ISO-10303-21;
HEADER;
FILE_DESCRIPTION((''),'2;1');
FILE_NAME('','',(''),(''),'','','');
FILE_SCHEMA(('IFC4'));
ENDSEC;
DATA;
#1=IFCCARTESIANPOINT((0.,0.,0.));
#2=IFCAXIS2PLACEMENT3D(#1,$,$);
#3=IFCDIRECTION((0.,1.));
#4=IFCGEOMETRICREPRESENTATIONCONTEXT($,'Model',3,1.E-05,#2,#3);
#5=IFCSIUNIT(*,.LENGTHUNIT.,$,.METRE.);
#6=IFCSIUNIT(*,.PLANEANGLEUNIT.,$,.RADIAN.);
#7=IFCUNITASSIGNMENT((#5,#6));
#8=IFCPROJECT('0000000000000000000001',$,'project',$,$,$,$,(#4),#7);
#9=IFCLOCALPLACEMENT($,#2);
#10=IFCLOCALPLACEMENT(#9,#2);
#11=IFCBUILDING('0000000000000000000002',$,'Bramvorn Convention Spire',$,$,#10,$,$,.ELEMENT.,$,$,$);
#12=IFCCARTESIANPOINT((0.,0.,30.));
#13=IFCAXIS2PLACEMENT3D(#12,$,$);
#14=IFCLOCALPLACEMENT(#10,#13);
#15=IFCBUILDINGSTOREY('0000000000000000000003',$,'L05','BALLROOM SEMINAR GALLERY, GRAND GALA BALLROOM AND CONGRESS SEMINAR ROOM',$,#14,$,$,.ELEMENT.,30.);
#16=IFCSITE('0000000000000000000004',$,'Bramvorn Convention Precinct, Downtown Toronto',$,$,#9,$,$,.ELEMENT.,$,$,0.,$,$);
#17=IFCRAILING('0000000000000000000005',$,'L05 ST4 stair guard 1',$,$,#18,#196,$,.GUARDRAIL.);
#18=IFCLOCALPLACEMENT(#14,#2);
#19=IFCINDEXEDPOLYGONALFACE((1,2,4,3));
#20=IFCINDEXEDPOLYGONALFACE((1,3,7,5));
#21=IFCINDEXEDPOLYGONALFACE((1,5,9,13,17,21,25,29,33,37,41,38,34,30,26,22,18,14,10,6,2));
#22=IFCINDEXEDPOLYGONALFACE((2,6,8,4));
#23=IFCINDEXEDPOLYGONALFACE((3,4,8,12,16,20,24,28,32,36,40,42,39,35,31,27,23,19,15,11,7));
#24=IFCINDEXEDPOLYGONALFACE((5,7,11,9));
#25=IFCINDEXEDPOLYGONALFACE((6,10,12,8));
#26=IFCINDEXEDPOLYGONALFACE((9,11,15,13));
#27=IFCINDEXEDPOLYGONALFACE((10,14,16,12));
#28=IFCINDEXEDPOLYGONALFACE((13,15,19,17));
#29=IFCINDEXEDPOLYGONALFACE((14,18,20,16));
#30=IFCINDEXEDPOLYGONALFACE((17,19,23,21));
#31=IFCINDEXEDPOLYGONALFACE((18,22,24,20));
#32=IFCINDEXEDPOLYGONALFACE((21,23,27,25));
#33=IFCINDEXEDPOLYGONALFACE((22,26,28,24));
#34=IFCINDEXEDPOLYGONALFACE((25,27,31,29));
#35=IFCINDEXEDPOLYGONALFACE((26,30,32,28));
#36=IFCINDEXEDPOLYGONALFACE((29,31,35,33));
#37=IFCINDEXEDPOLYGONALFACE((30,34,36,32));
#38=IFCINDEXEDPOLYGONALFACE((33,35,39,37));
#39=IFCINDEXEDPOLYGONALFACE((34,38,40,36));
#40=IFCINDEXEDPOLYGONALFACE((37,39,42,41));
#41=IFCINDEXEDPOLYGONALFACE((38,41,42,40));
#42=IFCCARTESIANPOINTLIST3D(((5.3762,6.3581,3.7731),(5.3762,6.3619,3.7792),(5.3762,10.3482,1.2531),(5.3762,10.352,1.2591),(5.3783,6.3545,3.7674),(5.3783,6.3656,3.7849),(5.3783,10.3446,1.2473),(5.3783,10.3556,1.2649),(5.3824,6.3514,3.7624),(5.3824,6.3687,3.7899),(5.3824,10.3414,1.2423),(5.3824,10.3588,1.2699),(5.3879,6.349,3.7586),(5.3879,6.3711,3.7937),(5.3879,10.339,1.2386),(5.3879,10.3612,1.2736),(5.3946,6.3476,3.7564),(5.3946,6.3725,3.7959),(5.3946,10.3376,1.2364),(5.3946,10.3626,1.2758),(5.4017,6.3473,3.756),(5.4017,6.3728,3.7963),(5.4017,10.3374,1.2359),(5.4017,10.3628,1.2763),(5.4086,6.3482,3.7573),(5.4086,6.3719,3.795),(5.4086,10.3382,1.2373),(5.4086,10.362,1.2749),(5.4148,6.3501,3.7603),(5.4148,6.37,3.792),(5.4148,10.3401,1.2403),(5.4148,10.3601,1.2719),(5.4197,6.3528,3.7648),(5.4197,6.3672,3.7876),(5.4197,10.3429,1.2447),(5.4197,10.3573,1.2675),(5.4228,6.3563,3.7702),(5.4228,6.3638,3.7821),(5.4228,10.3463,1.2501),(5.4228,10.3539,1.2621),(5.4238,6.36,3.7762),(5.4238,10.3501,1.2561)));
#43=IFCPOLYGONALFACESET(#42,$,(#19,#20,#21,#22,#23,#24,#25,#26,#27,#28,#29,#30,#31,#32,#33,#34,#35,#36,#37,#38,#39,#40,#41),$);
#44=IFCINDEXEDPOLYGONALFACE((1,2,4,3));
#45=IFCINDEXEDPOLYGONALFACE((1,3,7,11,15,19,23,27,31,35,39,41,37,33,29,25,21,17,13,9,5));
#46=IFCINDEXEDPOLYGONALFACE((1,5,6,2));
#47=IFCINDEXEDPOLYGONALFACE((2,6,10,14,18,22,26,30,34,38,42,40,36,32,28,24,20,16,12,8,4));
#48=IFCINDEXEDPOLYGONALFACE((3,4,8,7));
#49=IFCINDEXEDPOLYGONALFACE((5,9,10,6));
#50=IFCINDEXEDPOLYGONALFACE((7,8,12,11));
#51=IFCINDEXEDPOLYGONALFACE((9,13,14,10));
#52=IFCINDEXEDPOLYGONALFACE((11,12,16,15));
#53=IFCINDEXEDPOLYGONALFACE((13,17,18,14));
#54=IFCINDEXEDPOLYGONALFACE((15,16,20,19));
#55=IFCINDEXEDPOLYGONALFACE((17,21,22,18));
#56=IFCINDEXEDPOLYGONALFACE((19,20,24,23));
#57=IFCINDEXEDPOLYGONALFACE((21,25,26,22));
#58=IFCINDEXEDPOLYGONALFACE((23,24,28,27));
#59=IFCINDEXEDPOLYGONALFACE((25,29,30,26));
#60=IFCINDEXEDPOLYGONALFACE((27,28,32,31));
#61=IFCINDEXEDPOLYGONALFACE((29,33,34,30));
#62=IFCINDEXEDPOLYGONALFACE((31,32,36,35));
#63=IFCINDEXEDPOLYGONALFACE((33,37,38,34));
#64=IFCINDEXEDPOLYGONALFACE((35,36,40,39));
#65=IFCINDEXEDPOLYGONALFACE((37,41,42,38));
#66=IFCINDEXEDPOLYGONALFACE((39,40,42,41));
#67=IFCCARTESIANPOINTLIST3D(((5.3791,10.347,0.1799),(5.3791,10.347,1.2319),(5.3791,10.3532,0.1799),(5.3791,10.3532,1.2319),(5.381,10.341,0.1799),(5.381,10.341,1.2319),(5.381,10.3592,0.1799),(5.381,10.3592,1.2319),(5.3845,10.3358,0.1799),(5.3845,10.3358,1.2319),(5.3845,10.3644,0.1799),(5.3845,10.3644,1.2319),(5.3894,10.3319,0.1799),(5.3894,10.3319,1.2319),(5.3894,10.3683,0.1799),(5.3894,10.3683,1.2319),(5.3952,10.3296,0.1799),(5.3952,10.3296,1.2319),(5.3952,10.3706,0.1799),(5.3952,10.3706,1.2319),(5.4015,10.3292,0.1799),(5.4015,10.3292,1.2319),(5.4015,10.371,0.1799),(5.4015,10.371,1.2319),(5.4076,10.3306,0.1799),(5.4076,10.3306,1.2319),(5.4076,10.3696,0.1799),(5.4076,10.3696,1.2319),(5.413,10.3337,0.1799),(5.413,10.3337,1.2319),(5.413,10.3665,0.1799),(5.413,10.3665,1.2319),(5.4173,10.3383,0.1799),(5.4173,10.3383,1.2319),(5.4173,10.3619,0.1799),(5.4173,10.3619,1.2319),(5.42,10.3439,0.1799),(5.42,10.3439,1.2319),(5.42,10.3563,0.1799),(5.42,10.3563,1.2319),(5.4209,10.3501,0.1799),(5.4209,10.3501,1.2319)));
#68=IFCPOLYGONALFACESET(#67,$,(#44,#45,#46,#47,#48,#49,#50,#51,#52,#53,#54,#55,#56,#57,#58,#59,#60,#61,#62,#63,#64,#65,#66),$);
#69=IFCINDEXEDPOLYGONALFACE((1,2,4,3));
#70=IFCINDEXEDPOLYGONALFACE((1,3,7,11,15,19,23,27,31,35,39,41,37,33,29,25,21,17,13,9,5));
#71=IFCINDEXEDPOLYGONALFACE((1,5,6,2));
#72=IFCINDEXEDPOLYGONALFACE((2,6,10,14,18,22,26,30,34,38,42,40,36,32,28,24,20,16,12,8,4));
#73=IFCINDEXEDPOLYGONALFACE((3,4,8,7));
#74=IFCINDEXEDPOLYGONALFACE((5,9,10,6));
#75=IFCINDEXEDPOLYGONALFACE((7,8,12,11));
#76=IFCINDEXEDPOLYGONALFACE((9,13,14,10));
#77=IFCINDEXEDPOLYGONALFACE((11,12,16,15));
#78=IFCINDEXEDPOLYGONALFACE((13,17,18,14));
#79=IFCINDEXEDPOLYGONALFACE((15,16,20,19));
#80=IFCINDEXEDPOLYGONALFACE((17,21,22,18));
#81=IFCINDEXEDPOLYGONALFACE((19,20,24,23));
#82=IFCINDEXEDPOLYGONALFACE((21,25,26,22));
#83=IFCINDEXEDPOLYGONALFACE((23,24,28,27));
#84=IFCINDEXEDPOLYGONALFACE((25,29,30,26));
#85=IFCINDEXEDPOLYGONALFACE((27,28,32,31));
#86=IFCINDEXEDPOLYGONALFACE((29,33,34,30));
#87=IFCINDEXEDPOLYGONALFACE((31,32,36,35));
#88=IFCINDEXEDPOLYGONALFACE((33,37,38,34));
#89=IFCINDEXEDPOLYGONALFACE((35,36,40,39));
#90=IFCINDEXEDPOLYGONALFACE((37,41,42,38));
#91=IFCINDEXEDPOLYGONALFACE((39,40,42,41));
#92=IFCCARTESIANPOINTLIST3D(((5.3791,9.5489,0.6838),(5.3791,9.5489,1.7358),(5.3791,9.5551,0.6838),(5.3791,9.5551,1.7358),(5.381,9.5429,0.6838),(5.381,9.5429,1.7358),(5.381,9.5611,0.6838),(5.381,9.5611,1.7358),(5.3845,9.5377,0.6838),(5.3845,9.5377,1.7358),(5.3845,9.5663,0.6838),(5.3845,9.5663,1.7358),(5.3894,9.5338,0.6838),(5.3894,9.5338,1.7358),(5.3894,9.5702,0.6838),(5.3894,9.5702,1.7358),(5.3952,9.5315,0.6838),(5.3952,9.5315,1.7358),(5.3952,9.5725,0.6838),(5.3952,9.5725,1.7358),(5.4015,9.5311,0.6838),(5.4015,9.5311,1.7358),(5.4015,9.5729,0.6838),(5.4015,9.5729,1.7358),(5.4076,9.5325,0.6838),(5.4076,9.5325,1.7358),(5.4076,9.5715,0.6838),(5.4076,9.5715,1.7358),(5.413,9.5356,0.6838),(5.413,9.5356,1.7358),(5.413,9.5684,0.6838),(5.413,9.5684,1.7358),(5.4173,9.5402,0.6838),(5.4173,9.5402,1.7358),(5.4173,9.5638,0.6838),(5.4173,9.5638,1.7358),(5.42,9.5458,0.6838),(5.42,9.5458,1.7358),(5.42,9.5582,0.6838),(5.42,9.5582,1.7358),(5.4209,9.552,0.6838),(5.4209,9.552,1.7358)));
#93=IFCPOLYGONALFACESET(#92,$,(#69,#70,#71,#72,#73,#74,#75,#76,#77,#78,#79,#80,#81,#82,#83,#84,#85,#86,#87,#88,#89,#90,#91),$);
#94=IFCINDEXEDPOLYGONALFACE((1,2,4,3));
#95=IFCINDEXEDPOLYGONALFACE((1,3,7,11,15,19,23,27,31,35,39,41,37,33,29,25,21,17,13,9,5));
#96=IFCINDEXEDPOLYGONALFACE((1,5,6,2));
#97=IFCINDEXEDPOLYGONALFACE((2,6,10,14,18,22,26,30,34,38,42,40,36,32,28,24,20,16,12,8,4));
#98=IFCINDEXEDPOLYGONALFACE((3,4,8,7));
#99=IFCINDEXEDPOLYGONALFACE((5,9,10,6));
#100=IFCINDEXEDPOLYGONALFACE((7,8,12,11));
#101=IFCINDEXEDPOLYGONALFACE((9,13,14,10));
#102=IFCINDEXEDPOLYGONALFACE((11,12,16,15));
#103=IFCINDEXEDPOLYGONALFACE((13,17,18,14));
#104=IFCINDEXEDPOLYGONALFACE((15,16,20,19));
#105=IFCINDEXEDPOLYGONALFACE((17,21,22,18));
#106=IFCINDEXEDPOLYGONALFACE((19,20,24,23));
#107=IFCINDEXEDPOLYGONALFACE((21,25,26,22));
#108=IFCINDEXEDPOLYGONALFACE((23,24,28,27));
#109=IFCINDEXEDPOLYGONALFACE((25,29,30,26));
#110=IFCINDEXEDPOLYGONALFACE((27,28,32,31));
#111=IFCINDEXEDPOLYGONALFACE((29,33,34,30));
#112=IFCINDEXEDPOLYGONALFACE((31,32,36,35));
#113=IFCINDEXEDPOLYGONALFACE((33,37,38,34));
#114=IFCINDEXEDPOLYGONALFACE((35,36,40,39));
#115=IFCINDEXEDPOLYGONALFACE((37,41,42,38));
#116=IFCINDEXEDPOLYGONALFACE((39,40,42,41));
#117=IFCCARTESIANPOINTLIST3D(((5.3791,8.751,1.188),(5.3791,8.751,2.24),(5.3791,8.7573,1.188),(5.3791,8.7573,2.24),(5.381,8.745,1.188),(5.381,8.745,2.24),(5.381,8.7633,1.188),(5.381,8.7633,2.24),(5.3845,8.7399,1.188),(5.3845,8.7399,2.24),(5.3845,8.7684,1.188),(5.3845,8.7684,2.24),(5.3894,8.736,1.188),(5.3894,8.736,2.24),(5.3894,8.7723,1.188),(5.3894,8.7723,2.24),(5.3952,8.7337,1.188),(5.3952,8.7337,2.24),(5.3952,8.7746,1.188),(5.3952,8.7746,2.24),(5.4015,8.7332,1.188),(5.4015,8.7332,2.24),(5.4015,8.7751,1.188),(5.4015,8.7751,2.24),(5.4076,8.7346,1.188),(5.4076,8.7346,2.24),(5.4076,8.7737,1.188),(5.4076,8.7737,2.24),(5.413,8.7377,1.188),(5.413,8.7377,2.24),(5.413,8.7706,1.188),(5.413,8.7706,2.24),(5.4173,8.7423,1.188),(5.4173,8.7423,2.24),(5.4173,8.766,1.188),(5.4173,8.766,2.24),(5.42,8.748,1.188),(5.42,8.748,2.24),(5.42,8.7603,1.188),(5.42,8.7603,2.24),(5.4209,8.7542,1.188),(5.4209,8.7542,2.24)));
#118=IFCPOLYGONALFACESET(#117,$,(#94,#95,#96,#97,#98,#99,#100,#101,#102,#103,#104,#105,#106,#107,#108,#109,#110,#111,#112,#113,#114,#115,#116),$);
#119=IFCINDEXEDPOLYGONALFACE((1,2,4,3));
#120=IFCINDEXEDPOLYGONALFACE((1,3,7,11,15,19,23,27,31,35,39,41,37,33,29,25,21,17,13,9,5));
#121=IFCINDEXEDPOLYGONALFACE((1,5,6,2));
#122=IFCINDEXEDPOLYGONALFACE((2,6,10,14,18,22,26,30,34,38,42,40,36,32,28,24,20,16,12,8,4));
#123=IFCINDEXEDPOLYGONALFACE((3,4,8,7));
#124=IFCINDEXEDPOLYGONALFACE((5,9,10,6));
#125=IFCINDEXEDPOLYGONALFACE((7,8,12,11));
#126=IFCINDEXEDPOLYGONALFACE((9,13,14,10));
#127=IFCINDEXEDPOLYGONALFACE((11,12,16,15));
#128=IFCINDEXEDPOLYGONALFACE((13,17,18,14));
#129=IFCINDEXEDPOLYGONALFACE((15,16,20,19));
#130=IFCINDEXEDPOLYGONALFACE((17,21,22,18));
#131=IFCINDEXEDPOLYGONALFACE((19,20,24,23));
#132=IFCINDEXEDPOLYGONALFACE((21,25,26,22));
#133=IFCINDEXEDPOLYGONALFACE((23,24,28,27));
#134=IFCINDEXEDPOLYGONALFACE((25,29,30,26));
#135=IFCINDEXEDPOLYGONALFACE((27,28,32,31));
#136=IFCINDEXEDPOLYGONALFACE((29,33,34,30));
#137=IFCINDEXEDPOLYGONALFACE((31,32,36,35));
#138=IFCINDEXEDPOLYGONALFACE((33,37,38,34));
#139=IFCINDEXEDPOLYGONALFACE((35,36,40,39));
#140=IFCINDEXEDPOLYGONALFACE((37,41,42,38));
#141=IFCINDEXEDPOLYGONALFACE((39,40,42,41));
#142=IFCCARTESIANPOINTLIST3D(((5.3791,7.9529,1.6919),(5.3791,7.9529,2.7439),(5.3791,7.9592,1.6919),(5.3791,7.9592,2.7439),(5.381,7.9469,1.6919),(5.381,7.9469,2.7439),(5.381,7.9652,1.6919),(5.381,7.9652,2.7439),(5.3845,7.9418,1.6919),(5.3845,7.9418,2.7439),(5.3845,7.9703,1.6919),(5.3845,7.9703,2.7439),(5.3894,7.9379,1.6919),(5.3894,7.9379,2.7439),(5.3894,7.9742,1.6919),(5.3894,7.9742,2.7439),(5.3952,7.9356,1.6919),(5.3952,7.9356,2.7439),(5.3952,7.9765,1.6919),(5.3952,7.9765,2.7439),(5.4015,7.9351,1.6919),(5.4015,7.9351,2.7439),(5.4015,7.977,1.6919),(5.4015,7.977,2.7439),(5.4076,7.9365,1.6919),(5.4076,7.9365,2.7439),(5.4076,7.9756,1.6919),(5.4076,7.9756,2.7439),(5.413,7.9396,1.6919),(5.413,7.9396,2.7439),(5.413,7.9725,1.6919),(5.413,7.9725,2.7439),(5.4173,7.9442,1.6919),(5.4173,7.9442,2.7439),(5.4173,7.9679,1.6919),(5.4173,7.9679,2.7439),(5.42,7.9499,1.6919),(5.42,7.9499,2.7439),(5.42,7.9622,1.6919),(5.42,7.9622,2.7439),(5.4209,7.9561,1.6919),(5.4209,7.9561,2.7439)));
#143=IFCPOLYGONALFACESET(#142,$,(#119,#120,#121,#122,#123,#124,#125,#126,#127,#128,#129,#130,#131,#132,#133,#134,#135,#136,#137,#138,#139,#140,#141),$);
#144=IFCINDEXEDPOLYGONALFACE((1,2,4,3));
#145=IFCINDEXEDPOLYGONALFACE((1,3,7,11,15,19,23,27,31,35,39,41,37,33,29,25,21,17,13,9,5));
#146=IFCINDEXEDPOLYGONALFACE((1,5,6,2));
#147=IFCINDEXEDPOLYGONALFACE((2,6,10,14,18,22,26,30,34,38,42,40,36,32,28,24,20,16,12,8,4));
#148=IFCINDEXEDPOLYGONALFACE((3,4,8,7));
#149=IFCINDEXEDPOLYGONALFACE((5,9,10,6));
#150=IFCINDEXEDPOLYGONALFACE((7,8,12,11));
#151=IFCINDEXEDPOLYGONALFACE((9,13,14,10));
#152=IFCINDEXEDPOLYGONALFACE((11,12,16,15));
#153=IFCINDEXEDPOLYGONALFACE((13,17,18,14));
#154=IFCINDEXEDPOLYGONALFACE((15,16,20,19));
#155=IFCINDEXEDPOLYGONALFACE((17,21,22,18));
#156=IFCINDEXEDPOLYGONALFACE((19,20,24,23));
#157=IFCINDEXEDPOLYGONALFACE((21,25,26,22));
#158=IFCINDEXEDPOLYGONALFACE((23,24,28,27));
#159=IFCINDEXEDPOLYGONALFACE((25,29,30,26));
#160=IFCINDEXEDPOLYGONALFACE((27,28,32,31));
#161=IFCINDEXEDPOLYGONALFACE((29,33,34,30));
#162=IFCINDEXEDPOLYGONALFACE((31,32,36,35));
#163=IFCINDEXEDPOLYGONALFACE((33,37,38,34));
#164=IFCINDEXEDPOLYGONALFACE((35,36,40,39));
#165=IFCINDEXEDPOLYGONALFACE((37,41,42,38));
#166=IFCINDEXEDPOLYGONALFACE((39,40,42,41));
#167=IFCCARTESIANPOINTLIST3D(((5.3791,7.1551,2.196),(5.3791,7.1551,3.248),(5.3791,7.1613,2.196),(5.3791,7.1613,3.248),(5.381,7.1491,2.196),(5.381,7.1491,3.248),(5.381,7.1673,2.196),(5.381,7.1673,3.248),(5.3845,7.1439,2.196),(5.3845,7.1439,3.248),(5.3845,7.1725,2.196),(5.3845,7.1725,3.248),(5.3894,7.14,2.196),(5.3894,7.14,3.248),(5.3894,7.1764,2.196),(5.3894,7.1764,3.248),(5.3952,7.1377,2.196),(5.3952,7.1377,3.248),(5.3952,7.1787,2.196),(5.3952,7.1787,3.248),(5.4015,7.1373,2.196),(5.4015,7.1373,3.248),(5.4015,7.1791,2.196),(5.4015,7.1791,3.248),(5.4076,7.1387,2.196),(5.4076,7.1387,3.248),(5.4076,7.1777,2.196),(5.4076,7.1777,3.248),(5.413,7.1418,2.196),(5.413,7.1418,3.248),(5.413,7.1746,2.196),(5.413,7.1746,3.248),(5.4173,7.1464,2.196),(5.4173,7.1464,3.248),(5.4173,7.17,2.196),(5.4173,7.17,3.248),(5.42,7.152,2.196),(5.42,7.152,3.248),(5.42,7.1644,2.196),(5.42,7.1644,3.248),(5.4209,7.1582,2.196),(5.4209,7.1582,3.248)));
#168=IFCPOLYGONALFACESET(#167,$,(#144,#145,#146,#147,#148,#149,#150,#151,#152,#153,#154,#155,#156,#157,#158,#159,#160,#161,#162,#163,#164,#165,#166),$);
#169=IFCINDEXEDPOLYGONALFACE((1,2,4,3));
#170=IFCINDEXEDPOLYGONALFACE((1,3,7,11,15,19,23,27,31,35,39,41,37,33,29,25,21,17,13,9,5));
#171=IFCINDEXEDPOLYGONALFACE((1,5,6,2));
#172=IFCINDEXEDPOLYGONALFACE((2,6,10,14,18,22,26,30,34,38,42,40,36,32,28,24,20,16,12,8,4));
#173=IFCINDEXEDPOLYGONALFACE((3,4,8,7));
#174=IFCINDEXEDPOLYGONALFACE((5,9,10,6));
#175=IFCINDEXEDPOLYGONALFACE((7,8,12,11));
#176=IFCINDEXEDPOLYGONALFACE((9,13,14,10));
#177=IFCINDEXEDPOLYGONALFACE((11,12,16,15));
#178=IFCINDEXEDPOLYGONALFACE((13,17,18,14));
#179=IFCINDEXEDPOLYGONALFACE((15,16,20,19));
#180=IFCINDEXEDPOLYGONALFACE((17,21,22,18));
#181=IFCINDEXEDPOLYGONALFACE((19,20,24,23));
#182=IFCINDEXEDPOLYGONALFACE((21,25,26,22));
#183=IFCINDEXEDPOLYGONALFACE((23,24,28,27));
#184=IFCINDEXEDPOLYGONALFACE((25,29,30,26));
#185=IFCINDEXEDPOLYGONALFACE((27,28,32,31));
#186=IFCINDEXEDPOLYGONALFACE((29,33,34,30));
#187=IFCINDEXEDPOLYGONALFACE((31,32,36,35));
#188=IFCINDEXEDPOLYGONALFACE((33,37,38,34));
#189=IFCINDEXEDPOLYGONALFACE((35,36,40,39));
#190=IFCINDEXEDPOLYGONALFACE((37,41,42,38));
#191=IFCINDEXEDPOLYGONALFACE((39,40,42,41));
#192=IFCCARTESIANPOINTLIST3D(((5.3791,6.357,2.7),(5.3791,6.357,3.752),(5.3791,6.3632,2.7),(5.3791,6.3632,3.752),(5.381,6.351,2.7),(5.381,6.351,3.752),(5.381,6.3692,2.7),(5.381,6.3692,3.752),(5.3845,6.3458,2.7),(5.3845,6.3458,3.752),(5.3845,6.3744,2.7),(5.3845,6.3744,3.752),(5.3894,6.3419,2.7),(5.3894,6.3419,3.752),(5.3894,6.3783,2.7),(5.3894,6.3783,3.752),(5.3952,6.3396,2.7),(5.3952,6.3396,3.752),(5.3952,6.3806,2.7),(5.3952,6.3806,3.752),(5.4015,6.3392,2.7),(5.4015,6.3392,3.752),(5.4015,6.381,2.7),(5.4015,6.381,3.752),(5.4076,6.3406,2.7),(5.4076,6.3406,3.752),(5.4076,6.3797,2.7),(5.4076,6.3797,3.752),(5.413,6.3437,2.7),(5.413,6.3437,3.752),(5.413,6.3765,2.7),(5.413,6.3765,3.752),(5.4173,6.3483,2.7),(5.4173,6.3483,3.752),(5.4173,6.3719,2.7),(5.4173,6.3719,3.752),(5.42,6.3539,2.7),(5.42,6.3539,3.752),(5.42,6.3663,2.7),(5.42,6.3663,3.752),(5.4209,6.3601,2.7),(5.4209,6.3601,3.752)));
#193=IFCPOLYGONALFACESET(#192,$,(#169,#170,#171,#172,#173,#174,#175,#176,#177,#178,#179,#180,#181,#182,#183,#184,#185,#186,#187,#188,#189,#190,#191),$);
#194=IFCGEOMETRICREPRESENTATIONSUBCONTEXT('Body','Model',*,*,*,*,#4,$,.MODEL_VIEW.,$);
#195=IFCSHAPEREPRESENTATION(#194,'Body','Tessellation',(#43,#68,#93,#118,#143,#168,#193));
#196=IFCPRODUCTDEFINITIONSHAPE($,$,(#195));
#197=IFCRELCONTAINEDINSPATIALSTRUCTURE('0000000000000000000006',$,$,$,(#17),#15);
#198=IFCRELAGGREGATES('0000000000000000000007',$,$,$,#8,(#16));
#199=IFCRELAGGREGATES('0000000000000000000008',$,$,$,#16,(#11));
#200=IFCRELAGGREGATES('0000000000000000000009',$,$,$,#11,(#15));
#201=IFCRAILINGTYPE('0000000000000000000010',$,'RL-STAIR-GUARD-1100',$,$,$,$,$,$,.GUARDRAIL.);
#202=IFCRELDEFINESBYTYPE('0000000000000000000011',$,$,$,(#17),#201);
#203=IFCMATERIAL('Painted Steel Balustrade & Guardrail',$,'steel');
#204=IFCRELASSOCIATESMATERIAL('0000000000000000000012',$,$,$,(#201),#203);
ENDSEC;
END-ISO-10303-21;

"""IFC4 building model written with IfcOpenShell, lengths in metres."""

from ifc_helpers import new_model, si_unit, direction, frame, origin, origin_2d, place, context, subcontext, project, spatial, circle, extrude, material, type_object, element, save


model = new_model("IFC4")

# Units and contexts
model_context = context("Model", 3, precision=1e-05, world=origin(), true_north=direction((0.0, 1.0)))
body_context = subcontext(model_context, "Body", "Model", "MODEL_VIEW")
ifc_project = project(units=[si_unit("LENGTHUNIT", "METRE"), si_unit("PLANEANGLEUNIT", "RADIAN")], contexts=[model_context])

# Site, building, storey
site_placement = place(None, origin())
site = spatial("IfcSite", under=ifc_project, at=site_placement, Name="Bramvorn Convention Precinct, Downtown Toronto", CompositionType="ELEMENT", RefElevation=0.0)
building_placement = place(site_placement, origin())
building = spatial("IfcBuilding", under=site, at=building_placement, Name="Bramvorn Convention Spire", CompositionType="ELEMENT")
storey_placement = place(building_placement, frame((0.0, 0.0, 30.0)))
storey = spatial("IfcBuildingStorey", under=building, at=storey_placement, Name="L05", Description="BALLROOM SEMINAR GALLERY, GRAND GALA BALLROOM AND CONGRESS SEMINAR ROOM", CompositionType="ELEMENT", Elevation=30.0)

# Railing
ifc_material_1 = material(Name="Painted Steel Balustrade & Guardrail", Category="steel")
railing_type_1 = type_object("IfcRailingType", Name="RL-STAIR-GUARD-1100", PredefinedType="GUARDRAIL", material=ifc_material_1)
railing_1_placement = place(storey_placement, frame((5.3999, 10.3501, 0.1799)))
element("IfcRailing", 1, at=railing_1_placement, inside=storey, type_object=railing_type_1, Name="L05 ST4 stair guard 1", PredefinedType="GUARDRAIL", context=body_context, shape_type="SweptSolid", body=[
    extrude(circle(Radius=0.0239, at=origin_2d()), frame((0.0, 0.0, 1.0762), z_axis=(0.0, -0.845486, 0.533997), x_axis=(1.0, 0.0, 0.0)), (0.0, 0.0, 1.0), 4.7192),
    extrude(circle(Radius=0.021, at=origin_2d()), origin(), (0.0, 0.0, 1.0), 1.052),
    extrude(circle(Radius=0.021, at=origin_2d()), frame((0.0, -0.7981, 0.5039)), (0.0, 0.0, 1.0), 1.052),
    extrude(circle(Radius=0.021, at=origin_2d()), frame((0.0, -1.5959, 1.0081)), (0.0, 0.0, 1.0), 1.052),
    extrude(circle(Radius=0.021, at=origin_2d()), frame((0.0, -2.394, 1.512)), (0.0, 0.0, 1.0), 1.052),
    extrude(circle(Radius=0.021, at=origin_2d()), frame((0.0, -3.1919, 2.0161)), (0.0, 0.0, 1.0), 1.052),
    extrude(circle(Radius=0.021, at=origin_2d()), frame((0.0, -3.99, 2.52)), (0.0, 0.0, 1.0), 1.052),
])

save(model, "model.ifc")
